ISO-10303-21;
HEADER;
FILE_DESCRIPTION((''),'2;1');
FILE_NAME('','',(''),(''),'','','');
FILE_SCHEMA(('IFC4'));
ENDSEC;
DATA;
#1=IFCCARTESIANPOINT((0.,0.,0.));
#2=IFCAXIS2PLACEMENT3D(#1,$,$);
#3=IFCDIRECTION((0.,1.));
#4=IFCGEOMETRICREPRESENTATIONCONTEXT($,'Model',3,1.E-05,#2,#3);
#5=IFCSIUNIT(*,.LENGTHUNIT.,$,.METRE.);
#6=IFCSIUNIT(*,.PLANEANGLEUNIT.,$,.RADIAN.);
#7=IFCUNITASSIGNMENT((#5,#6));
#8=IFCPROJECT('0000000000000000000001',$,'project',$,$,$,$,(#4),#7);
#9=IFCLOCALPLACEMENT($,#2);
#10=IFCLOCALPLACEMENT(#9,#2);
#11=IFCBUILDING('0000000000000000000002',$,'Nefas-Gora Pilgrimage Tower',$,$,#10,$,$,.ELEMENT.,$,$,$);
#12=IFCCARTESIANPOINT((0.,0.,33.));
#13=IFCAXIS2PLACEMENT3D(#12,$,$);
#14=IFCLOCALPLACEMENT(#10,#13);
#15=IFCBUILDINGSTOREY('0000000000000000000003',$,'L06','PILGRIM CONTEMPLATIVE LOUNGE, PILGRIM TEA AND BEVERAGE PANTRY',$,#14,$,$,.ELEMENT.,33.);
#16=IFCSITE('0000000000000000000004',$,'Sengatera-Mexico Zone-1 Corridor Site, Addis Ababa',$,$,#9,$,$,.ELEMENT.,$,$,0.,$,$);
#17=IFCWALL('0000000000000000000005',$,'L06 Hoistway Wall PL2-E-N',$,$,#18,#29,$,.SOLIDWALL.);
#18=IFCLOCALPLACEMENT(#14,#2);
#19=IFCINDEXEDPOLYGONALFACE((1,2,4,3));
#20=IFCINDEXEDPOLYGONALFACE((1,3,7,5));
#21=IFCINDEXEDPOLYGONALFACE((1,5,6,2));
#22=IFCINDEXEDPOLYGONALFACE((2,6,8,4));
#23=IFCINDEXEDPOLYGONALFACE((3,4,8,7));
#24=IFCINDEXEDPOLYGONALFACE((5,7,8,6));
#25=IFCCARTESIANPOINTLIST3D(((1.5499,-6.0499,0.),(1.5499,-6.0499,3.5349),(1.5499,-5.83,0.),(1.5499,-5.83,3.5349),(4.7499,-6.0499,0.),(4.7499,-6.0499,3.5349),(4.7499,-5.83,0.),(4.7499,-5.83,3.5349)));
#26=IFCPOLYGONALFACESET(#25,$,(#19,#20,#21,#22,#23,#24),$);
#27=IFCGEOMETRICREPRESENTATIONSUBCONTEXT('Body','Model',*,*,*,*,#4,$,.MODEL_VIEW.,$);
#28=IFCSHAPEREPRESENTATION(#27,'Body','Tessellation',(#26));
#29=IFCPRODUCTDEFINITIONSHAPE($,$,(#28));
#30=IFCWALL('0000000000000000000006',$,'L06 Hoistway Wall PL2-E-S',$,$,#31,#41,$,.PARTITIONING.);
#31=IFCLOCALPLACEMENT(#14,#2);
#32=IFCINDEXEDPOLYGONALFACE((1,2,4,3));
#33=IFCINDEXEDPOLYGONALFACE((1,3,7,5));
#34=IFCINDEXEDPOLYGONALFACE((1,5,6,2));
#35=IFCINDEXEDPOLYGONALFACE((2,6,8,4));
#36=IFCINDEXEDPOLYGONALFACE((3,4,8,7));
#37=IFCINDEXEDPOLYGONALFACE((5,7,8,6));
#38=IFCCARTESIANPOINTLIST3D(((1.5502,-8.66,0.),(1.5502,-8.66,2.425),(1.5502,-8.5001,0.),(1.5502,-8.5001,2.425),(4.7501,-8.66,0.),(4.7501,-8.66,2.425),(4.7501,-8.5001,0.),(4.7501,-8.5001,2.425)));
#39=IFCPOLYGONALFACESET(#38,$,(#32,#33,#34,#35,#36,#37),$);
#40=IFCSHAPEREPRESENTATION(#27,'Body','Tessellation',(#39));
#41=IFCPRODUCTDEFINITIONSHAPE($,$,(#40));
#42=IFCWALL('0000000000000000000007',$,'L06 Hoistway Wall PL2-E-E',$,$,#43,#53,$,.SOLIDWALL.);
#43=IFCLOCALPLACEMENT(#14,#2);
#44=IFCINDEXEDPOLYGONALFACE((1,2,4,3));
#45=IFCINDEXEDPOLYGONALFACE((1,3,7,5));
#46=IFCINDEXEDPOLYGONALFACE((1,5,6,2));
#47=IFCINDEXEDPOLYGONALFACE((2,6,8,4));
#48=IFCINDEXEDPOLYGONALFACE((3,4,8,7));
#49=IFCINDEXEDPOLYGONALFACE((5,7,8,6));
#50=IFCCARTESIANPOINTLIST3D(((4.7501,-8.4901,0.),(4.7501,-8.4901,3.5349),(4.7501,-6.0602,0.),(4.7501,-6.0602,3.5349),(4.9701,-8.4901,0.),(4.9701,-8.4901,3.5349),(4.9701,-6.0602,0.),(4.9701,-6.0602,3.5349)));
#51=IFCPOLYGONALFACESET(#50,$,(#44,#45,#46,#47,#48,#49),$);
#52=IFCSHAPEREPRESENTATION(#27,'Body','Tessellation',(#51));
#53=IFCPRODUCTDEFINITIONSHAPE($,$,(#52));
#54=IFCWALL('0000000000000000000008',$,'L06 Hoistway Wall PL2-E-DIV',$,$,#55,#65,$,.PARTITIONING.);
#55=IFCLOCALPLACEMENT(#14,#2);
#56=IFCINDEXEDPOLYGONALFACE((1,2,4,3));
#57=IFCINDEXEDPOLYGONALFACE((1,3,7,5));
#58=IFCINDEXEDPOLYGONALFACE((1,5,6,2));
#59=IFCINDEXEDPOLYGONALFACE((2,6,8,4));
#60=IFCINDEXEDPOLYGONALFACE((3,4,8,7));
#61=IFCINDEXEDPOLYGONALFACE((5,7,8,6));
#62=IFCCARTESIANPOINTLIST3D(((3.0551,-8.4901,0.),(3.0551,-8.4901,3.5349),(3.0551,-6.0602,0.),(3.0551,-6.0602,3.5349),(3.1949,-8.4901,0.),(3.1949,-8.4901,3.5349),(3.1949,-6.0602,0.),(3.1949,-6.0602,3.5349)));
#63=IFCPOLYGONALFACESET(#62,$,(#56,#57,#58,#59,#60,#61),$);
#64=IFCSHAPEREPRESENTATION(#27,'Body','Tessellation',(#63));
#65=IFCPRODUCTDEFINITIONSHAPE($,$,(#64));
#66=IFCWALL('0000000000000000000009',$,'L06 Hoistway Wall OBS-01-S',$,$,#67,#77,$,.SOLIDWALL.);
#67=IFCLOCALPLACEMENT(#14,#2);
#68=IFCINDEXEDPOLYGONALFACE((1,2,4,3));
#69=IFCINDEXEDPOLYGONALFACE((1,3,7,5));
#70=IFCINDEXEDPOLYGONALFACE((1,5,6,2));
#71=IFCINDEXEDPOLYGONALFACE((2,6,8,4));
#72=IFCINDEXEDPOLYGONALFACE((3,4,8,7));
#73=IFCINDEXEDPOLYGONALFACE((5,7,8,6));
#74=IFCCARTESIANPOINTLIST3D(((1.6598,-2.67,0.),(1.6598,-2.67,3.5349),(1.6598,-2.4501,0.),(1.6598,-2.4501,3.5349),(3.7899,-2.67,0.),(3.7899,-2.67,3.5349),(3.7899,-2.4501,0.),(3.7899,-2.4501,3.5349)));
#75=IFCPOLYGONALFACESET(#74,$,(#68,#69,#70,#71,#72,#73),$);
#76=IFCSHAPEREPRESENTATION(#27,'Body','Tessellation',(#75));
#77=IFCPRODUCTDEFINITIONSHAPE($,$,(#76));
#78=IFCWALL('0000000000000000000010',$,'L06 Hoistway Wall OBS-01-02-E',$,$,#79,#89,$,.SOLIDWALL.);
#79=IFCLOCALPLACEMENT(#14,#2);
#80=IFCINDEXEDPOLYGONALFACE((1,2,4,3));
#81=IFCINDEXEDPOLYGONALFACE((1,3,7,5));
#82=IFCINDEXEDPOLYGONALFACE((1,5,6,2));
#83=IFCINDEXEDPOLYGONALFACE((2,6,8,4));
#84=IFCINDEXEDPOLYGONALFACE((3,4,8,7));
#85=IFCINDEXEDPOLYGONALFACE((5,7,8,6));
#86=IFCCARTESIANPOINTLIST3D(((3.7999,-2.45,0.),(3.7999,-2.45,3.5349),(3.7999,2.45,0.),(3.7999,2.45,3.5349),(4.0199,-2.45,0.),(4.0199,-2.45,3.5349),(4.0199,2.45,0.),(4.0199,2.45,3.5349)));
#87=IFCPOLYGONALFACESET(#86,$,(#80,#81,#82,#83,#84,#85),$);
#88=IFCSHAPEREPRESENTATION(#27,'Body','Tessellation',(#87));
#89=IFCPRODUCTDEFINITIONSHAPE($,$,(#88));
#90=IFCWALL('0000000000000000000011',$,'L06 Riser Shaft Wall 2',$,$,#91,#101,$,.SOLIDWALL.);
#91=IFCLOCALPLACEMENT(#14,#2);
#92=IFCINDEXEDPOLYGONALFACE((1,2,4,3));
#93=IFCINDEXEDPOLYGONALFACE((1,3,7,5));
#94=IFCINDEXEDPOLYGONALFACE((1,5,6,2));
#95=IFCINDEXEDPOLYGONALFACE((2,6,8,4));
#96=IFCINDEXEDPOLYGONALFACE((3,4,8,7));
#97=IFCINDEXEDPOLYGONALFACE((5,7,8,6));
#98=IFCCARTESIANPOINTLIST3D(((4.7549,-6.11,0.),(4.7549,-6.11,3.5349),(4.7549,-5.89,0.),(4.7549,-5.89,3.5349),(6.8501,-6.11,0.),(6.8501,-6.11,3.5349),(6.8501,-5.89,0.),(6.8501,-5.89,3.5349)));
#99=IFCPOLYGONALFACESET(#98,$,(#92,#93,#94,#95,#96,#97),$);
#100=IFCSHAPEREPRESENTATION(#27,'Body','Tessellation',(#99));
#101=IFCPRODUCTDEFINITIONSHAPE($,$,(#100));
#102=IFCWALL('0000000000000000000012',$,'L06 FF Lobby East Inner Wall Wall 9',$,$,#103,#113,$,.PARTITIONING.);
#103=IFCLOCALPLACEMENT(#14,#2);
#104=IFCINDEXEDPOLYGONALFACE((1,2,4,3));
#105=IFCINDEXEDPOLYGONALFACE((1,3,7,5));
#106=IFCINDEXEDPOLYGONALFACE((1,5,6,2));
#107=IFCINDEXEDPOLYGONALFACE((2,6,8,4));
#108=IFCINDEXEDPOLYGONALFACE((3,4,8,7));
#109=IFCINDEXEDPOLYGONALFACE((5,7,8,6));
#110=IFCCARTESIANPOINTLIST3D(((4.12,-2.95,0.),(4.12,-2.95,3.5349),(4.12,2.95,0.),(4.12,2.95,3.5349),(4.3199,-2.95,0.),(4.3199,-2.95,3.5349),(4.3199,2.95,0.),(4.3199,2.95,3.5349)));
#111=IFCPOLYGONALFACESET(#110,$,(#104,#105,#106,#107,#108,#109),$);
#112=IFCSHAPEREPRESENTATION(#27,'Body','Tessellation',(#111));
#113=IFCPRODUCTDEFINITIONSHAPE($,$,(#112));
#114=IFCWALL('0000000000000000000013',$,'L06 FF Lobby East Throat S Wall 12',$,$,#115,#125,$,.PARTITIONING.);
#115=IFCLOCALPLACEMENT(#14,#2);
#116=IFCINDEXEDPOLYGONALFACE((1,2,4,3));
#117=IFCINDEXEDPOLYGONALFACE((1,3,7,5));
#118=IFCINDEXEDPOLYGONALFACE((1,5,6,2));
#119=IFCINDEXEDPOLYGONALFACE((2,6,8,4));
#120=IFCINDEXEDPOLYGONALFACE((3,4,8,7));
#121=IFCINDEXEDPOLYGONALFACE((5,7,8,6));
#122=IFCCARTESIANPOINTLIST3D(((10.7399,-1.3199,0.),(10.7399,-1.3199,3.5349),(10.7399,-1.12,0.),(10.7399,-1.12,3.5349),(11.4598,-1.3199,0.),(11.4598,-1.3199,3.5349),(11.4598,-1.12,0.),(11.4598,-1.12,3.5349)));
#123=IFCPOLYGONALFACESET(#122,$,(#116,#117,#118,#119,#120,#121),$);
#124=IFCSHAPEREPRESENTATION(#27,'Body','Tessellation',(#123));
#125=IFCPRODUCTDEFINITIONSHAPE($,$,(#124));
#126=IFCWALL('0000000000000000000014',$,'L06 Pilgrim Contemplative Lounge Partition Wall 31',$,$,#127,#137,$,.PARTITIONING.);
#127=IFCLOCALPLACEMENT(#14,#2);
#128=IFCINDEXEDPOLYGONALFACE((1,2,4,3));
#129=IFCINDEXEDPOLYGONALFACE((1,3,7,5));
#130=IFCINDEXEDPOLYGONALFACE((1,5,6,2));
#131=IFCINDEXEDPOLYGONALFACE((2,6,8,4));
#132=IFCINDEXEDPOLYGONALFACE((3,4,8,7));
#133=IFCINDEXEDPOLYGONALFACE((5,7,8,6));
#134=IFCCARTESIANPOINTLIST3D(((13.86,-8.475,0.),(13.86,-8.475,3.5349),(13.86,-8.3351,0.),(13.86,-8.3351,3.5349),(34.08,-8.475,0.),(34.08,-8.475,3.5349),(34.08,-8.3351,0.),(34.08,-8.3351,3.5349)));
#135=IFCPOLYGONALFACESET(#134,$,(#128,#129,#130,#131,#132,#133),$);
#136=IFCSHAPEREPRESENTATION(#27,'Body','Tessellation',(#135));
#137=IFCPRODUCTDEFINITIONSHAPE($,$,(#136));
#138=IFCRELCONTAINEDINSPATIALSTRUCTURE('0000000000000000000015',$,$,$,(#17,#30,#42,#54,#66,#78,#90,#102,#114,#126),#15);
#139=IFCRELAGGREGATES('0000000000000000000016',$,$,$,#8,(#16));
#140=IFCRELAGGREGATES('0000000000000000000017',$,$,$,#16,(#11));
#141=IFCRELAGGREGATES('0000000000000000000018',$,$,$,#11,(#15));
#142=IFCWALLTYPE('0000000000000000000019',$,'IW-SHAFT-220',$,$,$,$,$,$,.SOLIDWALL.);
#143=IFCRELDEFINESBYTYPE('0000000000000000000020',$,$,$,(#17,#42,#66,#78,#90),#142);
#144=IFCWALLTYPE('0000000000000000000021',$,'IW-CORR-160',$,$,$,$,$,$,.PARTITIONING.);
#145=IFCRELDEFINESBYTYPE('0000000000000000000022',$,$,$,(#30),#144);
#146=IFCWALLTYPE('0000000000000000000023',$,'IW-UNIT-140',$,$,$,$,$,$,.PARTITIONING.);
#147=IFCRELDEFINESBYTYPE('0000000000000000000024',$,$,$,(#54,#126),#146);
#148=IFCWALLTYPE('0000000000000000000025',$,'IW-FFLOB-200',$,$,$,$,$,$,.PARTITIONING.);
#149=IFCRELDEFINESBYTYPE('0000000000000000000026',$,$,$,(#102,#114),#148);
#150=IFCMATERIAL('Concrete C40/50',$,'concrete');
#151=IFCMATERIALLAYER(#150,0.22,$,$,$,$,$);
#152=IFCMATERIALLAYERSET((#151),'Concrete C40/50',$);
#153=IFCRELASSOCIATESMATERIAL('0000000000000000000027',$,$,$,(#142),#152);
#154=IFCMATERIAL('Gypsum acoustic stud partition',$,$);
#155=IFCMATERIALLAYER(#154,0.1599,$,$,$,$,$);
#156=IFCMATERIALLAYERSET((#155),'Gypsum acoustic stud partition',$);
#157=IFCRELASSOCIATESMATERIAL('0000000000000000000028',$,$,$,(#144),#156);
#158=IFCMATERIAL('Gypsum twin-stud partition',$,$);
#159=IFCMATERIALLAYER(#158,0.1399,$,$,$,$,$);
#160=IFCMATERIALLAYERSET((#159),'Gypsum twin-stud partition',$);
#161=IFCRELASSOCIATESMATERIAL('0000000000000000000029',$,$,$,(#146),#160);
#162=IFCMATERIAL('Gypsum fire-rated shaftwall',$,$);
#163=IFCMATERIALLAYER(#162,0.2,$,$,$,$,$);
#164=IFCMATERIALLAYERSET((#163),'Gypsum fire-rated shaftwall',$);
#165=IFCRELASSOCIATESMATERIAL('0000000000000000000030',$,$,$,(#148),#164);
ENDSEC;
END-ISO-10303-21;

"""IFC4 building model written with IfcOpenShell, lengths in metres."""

from ifc_helpers import new_model, si_unit, direction, frame, frame_2d, origin, place, context, subcontext, project, spatial, rectangle, extrude, source, transform, mapped, material, layer, layer_set, type_object, element, save


model = new_model("IFC4")

# Units and contexts
model_context = context("Model", 3, precision=1e-05, world=origin(), true_north=direction((0.0, 1.0)))
body_context = subcontext(model_context, "Body", "Model", "MODEL_VIEW")
ifc_project = project(units=[si_unit("LENGTHUNIT", "METRE"), si_unit("PLANEANGLEUNIT", "RADIAN")], contexts=[model_context])

# Site, building, storey
site_placement = place(None, origin())
site = spatial("IfcSite", under=ifc_project, at=site_placement, Name="Sengatera-Mexico Zone-1 Corridor Site, Addis Ababa", CompositionType="ELEMENT", RefElevation=0.0)
building_placement = place(site_placement, origin())
building = spatial("IfcBuilding", under=site, at=building_placement, Name="Nefas-Gora Pilgrimage Tower", CompositionType="ELEMENT")
storey_placement = place(building_placement, frame((0.0, 0.0, 33.0)))
storey = spatial("IfcBuildingStorey", under=building, at=storey_placement, Name="L06", Description="PILGRIM CONTEMPLATIVE LOUNGE, PILGRIM TEA AND BEVERAGE PANTRY", CompositionType="ELEMENT", Elevation=33.0)

# Shared definitions
ifc_material_1 = material(Name="Concrete C40/50", Category="concrete")

# Shared definitions
ifc_layer_1 = layer(ifc_material_1, 0.22)
ifc_layer_set_1 = layer_set([ifc_layer_1], Name="Concrete C40/50")
wall_type_1 = type_object("IfcWallType", Name="IW-SHAFT-220", PredefinedType="SOLIDWALL", material=ifc_layer_set_1)

# Walls
shared_shape_1 = source(origin(), body_context, "Body", "SweptSolid", [
    extrude(rectangle(XDim=3.2, YDim=0.22, at=frame_2d((1.6001, 0.0))), origin(), (0.0, 0.0, 1.0), 3.5349),
])
wall_1_placement = place(storey_placement, frame((4.75, -5.9399, 0.0), z_axis=(0.0, 0.0, 1.0), x_axis=(-1.0, 0.0, 0.0)))
element("IfcWall", 1, at=wall_1_placement, inside=storey, type_object=wall_type_1, Name="L06 Hoistway Wall PL2-E-N", PredefinedType="SOLIDWALL", context=body_context, shape_type="MappedRepresentation", body=[
    mapped(shared_shape_1, transform((0.0, 0.0, 0.0), x_axis=(1.0, 0.0, 0.0), y_axis=(0.0, 1.0, 0.0), z_axis=(0.0, 0.0, 1.0), scale=1.0)),
])
ifc_material_2 = material(Name="Gypsum acoustic stud partition")
ifc_layer_2 = layer(ifc_material_2, 0.1599)
ifc_layer_set_2 = layer_set([ifc_layer_2], Name="Gypsum acoustic stud partition")
wall_type_2 = type_object("IfcWallType", Name="IW-CORR-160", PredefinedType="PARTITIONING", material=ifc_layer_set_2)
shared_shape_2 = source(origin(), body_context, "Body", "SweptSolid", [
    extrude(rectangle(XDim=3.2, YDim=0.1599, at=frame_2d((1.6001, 0.0))), origin(), (0.0, 0.0, 1.0), 2.425),
])
wall_2_placement = place(storey_placement, frame((1.55, -8.5801, 0.0), z_axis=(0.0, 0.0, 1.0), x_axis=(1.0, 0.0, 0.0)))
element("IfcWall", 2, at=wall_2_placement, inside=storey, type_object=wall_type_2, Name="L06 Hoistway Wall PL2-E-S", PredefinedType="PARTITIONING", context=body_context, shape_type="MappedRepresentation", body=[
    mapped(shared_shape_2, transform((0.0, 0.0, 0.0), x_axis=(1.0, 0.0, 0.0), y_axis=(0.0, 1.0, 0.0), z_axis=(0.0, 0.0, 1.0), scale=1.0)),
])
shared_shape_3 = source(origin(), body_context, "Body", "SweptSolid", [
    extrude(rectangle(XDim=2.4299, YDim=0.22, at=frame_2d((1.2148, 0.0))), origin(), (0.0, 0.0, 1.0), 3.5349),
])
for number, where, z_axis, x_axis, name in (
    (3, (4.8601, -8.49, 0.0), (0.0, 0.0, 1.0), (0.0, 1.0, 0.0), "L06 Hoistway Wall PL2-E-E"),
):
    element("IfcWall", number, at=place(storey_placement, frame(where, z_axis=z_axis, x_axis=x_axis)), inside=storey, type_object=wall_type_1, Name=name, PredefinedType="SOLIDWALL", context=body_context, shape_type="MappedRepresentation", body=[
        mapped(shared_shape_3, transform((0.0, 0.0, 0.0), x_axis=(1.0, 0.0, 0.0), y_axis=(0.0, 1.0, 0.0), z_axis=(0.0, 0.0, 1.0), scale=1.0)),
    ])
ifc_material_3 = material(Name="Gypsum twin-stud partition")
ifc_layer_3 = layer(ifc_material_3, 0.1399)
ifc_layer_set_3 = layer_set([ifc_layer_3], Name="Gypsum twin-stud partition")
wall_type_3 = type_object("IfcWallType", Name="IW-UNIT-140", PredefinedType="PARTITIONING", material=ifc_layer_set_3)
shared_shape_4 = source(origin(), body_context, "Body", "SweptSolid", [
    extrude(rectangle(XDim=2.4299, YDim=0.1399, at=frame_2d((1.2148, 0.0))), origin(), (0.0, 0.0, 1.0), 3.5349),
])
wall_3_placement = place(storey_placement, frame((3.125, -8.49, 0.0), z_axis=(0.0, 0.0, 1.0), x_axis=(0.0, 1.0, 0.0)))
element("IfcWall", 4, at=wall_3_placement, inside=storey, type_object=wall_type_3, Name="L06 Hoistway Wall PL2-E-DIV", PredefinedType="PARTITIONING", context=body_context, shape_type="MappedRepresentation", body=[
    mapped(shared_shape_4, transform((0.0, 0.0, 0.0), x_axis=(1.0, 0.0, 0.0), y_axis=(0.0, 1.0, 0.0), z_axis=(0.0, 0.0, 1.0), scale=1.0)),
])
shared_shape_5 = source(origin(), body_context, "Body", "SweptSolid", [
    extrude(rectangle(XDim=2.1301, YDim=0.22, at=frame_2d((1.0649, 0.0))), origin(), (0.0, 0.0, 1.0), 3.5349),
])
wall_4_placement = place(storey_placement, frame((1.6599, -2.5601, 0.0), z_axis=(0.0, 0.0, 1.0), x_axis=(1.0, 0.0, 0.0)))
element("IfcWall", 5, at=wall_4_placement, inside=storey, type_object=wall_type_1, Name="L06 Hoistway Wall OBS-01-S", PredefinedType="SOLIDWALL", context=body_context, shape_type="MappedRepresentation", body=[
    mapped(shared_shape_5, transform((0.0, 0.0, 0.0), x_axis=(1.0, 0.0, 0.0), y_axis=(0.0, 1.0, 0.0), z_axis=(0.0, 0.0, 1.0), scale=1.0)),
])
shared_shape_6 = source(origin(), body_context, "Body", "SweptSolid", [
    extrude(rectangle(XDim=4.8999, YDim=0.22, at=frame_2d((2.45, 0.0))), origin(), (0.0, 0.0, 1.0), 3.5349),
])
wall_5_placement = place(storey_placement, frame((3.9099, -2.45, 0.0), z_axis=(0.0, 0.0, 1.0), x_axis=(0.0, 1.0, 0.0)))
element("IfcWall", 6, at=wall_5_placement, inside=storey, type_object=wall_type_1, Name="L06 Hoistway Wall OBS-01-02-E", PredefinedType="SOLIDWALL", context=body_context, shape_type="MappedRepresentation", body=[
    mapped(shared_shape_6, transform((0.0, 0.0, 0.0), x_axis=(1.0, 0.0, 0.0), y_axis=(0.0, 1.0, 0.0), z_axis=(0.0, 0.0, 1.0), scale=1.0)),
])
shared_shape_7 = source(origin(), body_context, "Body", "SweptSolid", [
    extrude(rectangle(XDim=2.0952, YDim=0.22, at=frame_2d((1.0476, 0.0))), origin(), (0.0, 0.0, 1.0), 3.5349),
])
wall_6_placement = place(storey_placement, frame((4.7549, -6.0, 0.0), z_axis=(0.0, 0.0, 1.0), x_axis=(1.0, 0.0, 0.0)))
element("IfcWall", 7, at=wall_6_placement, inside=storey, type_object=wall_type_1, Name="L06 Riser Shaft Wall 2", PredefinedType="SOLIDWALL", context=body_context, shape_type="MappedRepresentation", body=[
    mapped(shared_shape_7, transform((0.0, 0.0, 0.0), x_axis=(1.0, 0.0, 0.0), y_axis=(0.0, 1.0, 0.0), z_axis=(0.0, 0.0, 1.0), scale=1.0)),
])

# Shared definitions
ifc_material_4 = material(Name="Gypsum fire-rated shaftwall")
ifc_layer_4 = layer(ifc_material_4, 0.2)
ifc_layer_set_4 = layer_set([ifc_layer_4], Name="Gypsum fire-rated shaftwall")
wall_type_4 = type_object("IfcWallType", Name="IW-FFLOB-200", PredefinedType="PARTITIONING", material=ifc_layer_set_4)

# Walls
shared_shape_8 = source(origin(), body_context, "Body", "SweptSolid", [
    extrude(rectangle(XDim=5.8999, YDim=0.2, at=frame_2d((2.95, 0.0))), origin(), (0.0, 0.0, 1.0), 3.5349),
])
wall_7_placement = place(storey_placement, frame((4.22, -2.95, 0.0), z_axis=(0.0, 0.0, 1.0), x_axis=(0.0, 1.0, 0.0)))
element("IfcWall", 8, at=wall_7_placement, inside=storey, type_object=wall_type_4, Name="L06 FF Lobby East Inner Wall Wall 9", PredefinedType="PARTITIONING", context=body_context, shape_type="MappedRepresentation", body=[
    mapped(shared_shape_8, transform((0.0, 0.0, 0.0), x_axis=(1.0, 0.0, 0.0), y_axis=(0.0, 1.0, 0.0), z_axis=(0.0, 0.0, 1.0), scale=1.0)),
])
shared_shape_9 = source(origin(), body_context, "Body", "SweptSolid", [
    extrude(rectangle(XDim=0.72, YDim=0.2, at=frame_2d((0.3599, 0.0))), origin(), (0.0, 0.0, 1.0), 3.5349),
])
wall_8_placement = place(storey_placement, frame((10.74, -1.22, 0.0), z_axis=(0.0, 0.0, 1.0), x_axis=(1.0, 0.0, 0.0)))
element("IfcWall", 9, at=wall_8_placement, inside=storey, type_object=wall_type_4, Name="L06 FF Lobby East Throat S Wall 12", PredefinedType="PARTITIONING", context=body_context, shape_type="MappedRepresentation", body=[
    mapped(shared_shape_9, transform((0.0, 0.0, 0.0), x_axis=(1.0, 0.0, 0.0), y_axis=(0.0, 1.0, 0.0), z_axis=(0.0, 0.0, 1.0), scale=1.0)),
])
shared_shape_10 = source(origin(), body_context, "Body", "SweptSolid", [
    extrude(rectangle(XDim=20.22, YDim=0.1399, at=frame_2d((10.1099, 0.0))), origin(), (0.0, 0.0, 1.0), 3.5349),
])
wall_9_placement = place(storey_placement, frame((13.8601, -8.405, 0.0), z_axis=(0.0, 0.0, 1.0), x_axis=(1.0, 0.0, 0.0)))
element("IfcWall", 10, at=wall_9_placement, inside=storey, type_object=wall_type_3, Name="L06 Pilgrim Contemplative Lounge Partition Wall 31", PredefinedType="PARTITIONING", context=body_context, shape_type="MappedRepresentation", body=[
    mapped(shared_shape_10, transform((0.0, 0.0, 0.0), x_axis=(1.0, 0.0, 0.0), y_axis=(0.0, 1.0, 0.0), z_axis=(0.0, 0.0, 1.0), scale=1.0)),
])

save(model, "model.ifc")
